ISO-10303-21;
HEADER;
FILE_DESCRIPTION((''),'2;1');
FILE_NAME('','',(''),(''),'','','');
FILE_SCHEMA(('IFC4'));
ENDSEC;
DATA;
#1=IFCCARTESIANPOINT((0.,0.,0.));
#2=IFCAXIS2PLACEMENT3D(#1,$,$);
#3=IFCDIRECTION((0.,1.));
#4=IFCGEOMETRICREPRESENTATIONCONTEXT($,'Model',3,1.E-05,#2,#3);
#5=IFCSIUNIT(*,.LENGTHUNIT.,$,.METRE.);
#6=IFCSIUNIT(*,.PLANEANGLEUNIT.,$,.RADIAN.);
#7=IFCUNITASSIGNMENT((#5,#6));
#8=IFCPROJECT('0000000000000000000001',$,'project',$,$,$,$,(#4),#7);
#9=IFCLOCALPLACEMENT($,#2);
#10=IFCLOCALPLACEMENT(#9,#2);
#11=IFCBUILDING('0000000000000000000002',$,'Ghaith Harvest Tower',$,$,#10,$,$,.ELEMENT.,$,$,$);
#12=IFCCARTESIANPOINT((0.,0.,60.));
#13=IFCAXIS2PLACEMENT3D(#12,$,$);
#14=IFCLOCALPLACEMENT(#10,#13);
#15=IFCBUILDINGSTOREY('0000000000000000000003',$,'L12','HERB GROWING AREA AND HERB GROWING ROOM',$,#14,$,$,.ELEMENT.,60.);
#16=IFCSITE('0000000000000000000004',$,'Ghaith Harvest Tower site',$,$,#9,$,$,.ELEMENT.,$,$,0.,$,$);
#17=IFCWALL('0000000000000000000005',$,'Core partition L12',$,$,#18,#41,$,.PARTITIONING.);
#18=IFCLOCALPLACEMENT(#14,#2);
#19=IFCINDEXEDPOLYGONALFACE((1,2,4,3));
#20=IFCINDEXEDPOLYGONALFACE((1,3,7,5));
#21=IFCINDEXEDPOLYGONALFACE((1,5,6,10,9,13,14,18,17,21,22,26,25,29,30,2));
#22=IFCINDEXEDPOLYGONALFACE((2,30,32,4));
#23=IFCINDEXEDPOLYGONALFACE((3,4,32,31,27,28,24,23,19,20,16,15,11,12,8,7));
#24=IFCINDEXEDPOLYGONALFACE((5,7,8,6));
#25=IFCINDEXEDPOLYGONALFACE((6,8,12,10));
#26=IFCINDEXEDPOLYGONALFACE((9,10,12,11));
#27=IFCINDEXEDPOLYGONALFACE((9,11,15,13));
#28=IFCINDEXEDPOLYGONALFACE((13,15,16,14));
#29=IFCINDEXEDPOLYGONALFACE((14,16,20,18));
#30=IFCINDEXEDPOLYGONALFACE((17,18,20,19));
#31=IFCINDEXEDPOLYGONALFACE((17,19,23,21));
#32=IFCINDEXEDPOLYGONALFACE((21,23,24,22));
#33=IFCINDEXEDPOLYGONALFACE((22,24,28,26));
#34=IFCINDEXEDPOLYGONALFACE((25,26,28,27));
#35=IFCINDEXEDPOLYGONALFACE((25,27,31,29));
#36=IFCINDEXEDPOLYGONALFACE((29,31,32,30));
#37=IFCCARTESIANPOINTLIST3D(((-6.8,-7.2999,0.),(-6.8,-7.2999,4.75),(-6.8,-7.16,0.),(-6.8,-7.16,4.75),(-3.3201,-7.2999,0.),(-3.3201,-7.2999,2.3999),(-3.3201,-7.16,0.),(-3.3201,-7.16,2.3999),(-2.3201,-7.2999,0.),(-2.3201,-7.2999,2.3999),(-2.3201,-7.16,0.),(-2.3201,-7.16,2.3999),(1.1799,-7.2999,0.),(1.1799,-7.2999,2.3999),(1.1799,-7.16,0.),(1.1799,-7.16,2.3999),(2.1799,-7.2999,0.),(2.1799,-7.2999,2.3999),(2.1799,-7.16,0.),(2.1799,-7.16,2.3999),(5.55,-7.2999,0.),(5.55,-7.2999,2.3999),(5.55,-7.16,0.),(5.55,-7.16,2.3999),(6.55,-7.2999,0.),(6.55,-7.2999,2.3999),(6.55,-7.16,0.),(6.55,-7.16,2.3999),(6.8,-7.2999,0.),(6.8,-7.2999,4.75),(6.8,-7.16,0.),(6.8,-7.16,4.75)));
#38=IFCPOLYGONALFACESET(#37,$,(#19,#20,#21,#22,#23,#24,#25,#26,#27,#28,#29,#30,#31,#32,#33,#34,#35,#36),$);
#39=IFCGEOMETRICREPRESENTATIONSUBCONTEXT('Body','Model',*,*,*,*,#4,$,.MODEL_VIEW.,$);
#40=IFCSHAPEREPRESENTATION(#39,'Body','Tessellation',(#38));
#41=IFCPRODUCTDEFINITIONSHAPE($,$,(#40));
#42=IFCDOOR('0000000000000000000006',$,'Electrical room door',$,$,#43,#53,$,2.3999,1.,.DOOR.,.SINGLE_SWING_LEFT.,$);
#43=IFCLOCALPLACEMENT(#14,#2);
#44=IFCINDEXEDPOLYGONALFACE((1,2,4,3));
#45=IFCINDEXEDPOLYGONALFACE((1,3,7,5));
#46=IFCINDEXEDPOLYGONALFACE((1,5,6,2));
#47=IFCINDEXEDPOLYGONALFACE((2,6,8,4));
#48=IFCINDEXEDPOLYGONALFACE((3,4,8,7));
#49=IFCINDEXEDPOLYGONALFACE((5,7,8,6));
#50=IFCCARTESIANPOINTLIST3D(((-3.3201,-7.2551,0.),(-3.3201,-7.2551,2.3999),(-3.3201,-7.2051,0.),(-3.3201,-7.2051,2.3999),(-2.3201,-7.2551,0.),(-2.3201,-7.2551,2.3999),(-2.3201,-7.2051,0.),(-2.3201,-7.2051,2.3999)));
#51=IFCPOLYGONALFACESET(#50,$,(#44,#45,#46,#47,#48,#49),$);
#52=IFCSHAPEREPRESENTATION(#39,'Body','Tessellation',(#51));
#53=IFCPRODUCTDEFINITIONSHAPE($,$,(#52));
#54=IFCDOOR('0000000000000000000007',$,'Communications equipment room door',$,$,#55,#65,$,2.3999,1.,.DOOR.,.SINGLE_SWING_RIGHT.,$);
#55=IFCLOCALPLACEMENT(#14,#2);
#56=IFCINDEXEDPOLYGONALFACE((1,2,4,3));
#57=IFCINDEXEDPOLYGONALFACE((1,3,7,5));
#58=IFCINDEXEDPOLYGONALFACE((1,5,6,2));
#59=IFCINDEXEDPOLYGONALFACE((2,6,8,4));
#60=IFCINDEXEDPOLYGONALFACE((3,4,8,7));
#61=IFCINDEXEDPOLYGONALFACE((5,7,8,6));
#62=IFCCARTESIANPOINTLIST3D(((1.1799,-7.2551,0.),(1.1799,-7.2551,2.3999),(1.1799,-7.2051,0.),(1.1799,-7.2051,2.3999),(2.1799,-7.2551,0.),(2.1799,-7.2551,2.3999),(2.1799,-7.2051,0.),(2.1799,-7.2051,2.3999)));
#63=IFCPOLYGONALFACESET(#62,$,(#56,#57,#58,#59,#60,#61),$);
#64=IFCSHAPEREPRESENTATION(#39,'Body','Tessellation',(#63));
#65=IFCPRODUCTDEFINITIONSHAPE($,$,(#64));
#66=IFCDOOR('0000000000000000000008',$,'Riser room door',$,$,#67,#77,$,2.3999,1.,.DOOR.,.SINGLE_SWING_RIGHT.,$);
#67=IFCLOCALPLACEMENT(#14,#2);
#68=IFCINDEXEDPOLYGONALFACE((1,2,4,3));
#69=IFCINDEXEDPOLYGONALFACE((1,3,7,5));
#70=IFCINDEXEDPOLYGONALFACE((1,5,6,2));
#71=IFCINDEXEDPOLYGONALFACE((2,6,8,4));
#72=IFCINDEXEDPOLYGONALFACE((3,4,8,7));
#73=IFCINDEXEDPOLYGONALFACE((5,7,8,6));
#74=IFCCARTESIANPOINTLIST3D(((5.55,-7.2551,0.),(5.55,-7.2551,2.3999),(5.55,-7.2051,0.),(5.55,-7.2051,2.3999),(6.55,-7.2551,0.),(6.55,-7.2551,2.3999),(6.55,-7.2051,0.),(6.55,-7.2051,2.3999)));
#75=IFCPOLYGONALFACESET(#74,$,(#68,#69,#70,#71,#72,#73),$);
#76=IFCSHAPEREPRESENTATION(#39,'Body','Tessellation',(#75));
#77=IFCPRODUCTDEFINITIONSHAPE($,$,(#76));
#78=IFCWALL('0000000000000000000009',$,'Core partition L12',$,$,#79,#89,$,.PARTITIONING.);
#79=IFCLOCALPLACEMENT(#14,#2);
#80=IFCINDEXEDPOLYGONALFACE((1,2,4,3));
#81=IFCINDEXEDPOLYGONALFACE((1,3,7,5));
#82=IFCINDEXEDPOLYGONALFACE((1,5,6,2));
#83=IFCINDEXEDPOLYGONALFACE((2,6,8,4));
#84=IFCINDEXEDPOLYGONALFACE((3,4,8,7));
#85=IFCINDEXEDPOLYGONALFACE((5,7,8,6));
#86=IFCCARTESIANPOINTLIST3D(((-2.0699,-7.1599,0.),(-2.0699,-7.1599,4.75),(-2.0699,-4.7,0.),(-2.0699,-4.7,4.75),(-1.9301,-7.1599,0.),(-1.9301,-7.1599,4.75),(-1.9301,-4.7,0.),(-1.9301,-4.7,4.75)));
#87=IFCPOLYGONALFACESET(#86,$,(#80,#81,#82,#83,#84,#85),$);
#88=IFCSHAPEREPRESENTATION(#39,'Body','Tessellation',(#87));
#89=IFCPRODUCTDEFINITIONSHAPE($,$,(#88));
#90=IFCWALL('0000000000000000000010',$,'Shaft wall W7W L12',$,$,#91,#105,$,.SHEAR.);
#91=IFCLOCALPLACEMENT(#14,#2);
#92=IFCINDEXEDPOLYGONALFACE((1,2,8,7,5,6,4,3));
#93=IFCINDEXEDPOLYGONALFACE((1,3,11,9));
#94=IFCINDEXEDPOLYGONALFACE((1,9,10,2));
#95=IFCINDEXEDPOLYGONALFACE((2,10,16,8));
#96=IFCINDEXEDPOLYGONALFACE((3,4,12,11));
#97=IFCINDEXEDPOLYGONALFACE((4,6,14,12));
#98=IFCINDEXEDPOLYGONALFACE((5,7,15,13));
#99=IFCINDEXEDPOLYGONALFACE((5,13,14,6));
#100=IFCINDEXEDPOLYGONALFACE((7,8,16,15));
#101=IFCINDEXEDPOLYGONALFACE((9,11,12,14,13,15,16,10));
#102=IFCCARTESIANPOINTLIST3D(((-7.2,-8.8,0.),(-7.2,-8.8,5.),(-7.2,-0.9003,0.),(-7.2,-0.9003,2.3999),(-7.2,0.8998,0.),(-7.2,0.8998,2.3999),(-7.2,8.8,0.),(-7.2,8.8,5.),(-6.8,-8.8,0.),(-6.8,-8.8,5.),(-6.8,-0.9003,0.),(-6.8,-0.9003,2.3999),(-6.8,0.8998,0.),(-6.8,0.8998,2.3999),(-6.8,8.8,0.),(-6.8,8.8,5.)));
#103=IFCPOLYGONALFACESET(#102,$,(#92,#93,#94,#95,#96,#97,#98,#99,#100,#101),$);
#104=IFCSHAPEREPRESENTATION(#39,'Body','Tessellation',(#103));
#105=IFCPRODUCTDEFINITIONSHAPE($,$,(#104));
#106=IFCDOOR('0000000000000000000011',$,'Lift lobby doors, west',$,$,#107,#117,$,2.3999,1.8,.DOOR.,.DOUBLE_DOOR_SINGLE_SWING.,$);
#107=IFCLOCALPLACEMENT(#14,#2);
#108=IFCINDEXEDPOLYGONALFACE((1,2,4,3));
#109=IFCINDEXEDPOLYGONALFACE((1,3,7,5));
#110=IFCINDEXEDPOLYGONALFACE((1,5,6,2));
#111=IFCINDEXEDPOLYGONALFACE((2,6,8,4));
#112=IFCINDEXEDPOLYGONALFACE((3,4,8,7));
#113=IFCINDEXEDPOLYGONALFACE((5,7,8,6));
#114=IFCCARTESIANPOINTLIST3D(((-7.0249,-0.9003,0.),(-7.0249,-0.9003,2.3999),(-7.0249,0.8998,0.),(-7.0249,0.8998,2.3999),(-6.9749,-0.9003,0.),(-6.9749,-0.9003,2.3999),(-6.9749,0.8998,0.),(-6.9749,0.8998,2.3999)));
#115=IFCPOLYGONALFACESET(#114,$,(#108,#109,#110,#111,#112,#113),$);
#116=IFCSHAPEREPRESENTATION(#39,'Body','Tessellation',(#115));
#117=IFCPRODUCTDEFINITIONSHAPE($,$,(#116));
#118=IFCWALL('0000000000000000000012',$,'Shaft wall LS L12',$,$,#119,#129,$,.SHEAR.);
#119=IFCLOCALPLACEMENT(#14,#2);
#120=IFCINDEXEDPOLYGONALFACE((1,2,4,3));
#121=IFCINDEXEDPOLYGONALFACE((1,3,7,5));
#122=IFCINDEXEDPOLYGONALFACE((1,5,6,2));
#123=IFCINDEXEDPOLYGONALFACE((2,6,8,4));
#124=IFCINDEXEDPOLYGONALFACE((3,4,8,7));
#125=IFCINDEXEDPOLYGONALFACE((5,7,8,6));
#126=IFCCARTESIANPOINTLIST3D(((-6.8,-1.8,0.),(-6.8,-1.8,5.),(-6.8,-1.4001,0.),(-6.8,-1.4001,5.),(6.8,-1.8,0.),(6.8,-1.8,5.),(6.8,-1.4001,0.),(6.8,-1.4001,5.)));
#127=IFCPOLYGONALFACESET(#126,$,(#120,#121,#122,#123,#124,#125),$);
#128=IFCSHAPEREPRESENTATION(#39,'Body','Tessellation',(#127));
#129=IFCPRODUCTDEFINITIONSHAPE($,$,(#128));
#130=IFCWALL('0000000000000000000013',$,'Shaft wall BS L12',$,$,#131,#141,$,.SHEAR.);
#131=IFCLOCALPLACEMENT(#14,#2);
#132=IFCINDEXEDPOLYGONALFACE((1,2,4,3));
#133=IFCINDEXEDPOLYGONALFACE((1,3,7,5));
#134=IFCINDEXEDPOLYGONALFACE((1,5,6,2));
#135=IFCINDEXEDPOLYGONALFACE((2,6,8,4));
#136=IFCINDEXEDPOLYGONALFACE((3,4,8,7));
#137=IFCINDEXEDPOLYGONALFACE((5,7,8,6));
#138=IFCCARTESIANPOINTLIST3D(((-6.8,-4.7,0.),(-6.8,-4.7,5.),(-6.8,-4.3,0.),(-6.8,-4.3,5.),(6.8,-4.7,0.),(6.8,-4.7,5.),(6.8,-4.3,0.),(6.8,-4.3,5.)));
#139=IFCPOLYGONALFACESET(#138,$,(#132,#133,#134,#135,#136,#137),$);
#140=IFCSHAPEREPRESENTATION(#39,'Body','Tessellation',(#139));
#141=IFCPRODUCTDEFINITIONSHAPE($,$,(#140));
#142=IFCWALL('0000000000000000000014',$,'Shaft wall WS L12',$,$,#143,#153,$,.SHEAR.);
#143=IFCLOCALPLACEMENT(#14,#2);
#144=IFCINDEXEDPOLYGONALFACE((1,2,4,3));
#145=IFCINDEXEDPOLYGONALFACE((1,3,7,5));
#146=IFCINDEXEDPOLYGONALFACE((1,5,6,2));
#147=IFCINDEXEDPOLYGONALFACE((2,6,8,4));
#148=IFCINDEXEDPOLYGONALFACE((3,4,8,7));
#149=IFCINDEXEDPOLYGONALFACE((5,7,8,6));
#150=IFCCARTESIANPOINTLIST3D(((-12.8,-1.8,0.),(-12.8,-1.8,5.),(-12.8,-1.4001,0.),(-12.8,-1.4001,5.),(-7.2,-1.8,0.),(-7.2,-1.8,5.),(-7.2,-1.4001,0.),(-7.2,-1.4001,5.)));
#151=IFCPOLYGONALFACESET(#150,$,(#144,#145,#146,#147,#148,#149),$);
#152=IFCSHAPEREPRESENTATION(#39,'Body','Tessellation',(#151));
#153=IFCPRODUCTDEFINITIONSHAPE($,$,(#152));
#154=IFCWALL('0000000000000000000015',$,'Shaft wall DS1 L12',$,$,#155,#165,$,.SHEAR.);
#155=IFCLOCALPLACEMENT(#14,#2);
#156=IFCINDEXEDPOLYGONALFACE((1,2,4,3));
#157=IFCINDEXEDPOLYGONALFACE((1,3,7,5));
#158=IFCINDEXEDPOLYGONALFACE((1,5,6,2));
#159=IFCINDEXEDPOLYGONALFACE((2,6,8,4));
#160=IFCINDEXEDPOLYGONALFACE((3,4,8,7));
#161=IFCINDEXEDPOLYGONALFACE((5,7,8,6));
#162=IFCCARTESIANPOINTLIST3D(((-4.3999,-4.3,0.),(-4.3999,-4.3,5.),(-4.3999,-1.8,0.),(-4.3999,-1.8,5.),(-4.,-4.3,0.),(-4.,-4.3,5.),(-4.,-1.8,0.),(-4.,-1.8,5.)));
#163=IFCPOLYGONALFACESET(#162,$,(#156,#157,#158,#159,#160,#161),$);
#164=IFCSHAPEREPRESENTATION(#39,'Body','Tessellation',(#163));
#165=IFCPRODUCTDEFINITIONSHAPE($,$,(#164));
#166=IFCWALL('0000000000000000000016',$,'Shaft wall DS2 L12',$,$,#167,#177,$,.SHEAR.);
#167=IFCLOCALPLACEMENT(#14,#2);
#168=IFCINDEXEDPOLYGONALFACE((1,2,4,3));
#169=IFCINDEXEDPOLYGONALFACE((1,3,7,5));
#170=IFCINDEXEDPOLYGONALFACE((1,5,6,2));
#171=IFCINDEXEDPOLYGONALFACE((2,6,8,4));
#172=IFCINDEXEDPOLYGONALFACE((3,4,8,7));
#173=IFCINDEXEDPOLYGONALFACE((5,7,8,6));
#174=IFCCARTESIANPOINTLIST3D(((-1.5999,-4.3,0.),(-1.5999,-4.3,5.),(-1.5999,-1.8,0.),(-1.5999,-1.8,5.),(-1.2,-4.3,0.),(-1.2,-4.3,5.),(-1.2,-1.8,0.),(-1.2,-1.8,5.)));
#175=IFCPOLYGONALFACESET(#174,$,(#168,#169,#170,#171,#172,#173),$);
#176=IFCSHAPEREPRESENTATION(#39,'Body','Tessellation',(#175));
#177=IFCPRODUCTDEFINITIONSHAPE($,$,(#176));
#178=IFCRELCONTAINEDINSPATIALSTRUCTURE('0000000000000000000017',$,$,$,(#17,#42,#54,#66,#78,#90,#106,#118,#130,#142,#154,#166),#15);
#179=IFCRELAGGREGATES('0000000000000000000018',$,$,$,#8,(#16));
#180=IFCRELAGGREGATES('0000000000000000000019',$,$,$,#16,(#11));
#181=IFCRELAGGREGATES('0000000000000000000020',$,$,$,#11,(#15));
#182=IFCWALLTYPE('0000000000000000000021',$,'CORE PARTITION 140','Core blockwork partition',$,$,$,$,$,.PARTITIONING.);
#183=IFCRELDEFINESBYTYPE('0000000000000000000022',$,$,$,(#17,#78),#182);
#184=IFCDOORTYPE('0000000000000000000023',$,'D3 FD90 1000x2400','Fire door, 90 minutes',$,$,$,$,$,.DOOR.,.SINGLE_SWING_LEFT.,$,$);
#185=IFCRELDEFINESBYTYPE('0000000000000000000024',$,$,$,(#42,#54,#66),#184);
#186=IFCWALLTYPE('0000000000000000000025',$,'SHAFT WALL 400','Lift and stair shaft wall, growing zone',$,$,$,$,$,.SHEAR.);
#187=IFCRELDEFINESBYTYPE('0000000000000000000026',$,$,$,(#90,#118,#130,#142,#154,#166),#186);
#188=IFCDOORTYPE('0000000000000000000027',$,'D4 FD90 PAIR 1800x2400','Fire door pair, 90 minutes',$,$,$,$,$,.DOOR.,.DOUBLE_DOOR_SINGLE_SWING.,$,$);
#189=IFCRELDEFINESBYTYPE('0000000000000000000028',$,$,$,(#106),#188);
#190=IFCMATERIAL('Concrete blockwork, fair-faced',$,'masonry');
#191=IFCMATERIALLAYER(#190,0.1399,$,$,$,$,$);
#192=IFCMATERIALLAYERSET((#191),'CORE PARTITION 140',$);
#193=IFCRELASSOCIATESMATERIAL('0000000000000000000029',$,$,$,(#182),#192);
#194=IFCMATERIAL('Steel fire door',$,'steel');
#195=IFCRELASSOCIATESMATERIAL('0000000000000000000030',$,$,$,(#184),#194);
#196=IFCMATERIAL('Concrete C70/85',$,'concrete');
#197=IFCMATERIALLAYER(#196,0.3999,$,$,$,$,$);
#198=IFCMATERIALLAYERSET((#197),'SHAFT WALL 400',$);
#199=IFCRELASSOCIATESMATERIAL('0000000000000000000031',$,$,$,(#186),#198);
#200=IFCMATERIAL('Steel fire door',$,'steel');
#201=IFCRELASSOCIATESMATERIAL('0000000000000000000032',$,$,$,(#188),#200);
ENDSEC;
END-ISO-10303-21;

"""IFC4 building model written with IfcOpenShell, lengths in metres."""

from ifc_helpers import new_model, si_unit, direction, frame, frame_2d, origin, place, context, subcontext, project, spatial, rectangle, extrude, material, layer, layer_set, type_object, element, fill, save


model = new_model("IFC4")

# Units and contexts
model_context = context("Model", 3, precision=1e-05, world=origin(), true_north=direction((0.0, 1.0)))
body_context = subcontext(model_context, "Body", "Model", "MODEL_VIEW")
ifc_project = project(units=[si_unit("LENGTHUNIT", "METRE"), si_unit("PLANEANGLEUNIT", "RADIAN")], contexts=[model_context])

# Site, building, storey
site_placement = place(None, origin())
site = spatial("IfcSite", under=ifc_project, at=site_placement, Name="Ghaith Harvest Tower site", CompositionType="ELEMENT", RefElevation=0.0)
building_placement = place(site_placement, origin())
building = spatial("IfcBuilding", under=site, at=building_placement, Name="Ghaith Harvest Tower", CompositionType="ELEMENT")
storey_placement = place(building_placement, frame((0.0, 0.0, 60.0)))
storey = spatial("IfcBuildingStorey", under=building, at=storey_placement, Name="L12", Description="HERB GROWING AREA AND HERB GROWING ROOM", CompositionType="ELEMENT", Elevation=60.0)

# Wall, openings, doors
ifc_material_1 = material(Name="Concrete blockwork, fair-faced", Category="masonry")
ifc_layer_1 = layer(ifc_material_1, 0.1399)
ifc_layer_set_1 = layer_set([ifc_layer_1], Name="CORE PARTITION 140")
wall_type_1 = type_object("IfcWallType", Name="CORE PARTITION 140", Description="Core blockwork partition", PredefinedType="PARTITIONING", material=ifc_layer_set_1)
wall_1_placement = place(storey_placement, frame((-6.8, -7.23, 0.0), z_axis=(0.0, 0.0, 1.0), x_axis=(1.0, 0.0, 0.0)))
wall_1 = element("IfcWall", 1, at=wall_1_placement, inside=storey, type_object=wall_type_1, Name="Core partition L12", PredefinedType="PARTITIONING", context=body_context, shape_type="SweptSolid", body=[
    extrude(rectangle(XDim=13.6001, YDim=0.1399, at=frame_2d((6.8, 0.0))), origin(), (0.0, 0.0, 1.0), 4.75),
])
opening_1_placement = place(wall_1_placement, frame((3.48, 0.0, 0.0)))
opening_1 = element("IfcOpeningElement", 2, at=opening_1_placement, cuts=wall_1, PredefinedType="OPENING", context=body_context, shape_type="SweptSolid", body=[
    extrude(rectangle(XDim=1.0, YDim=2.3999, at=frame_2d((0.5, 1.2))), frame((0.0, 0.0801, 0.0), z_axis=(0.0, -1.0, 0.0), x_axis=(1.0, 0.0, 0.0)), (0.0, 0.0, 1.0), 0.1599),
])
opening_2_placement = place(wall_1_placement, frame((7.98, 0.0, 0.0)))
opening_2 = element("IfcOpeningElement", 3, at=opening_2_placement, cuts=wall_1, PredefinedType="OPENING", context=body_context, shape_type="SweptSolid", body=[
    extrude(rectangle(XDim=1.0, YDim=2.3999, at=frame_2d((0.5, 1.2))), frame((0.0, 0.0801, 0.0), z_axis=(0.0, -1.0, 0.0), x_axis=(1.0, 0.0, 0.0)), (0.0, 0.0, 1.0), 0.1599),
])
opening_3_placement = place(wall_1_placement, frame((12.3501, 0.0, 0.0)))
opening_3 = element("IfcOpeningElement", 4, at=opening_3_placement, cuts=wall_1, PredefinedType="OPENING", context=body_context, shape_type="SweptSolid", body=[
    extrude(rectangle(XDim=1.0, YDim=2.3999, at=frame_2d((0.5, 1.2))), frame((0.0, 0.0801, 0.0), z_axis=(0.0, -1.0, 0.0), x_axis=(1.0, 0.0, 0.0)), (0.0, 0.0, 1.0), 0.1599),
])
ifc_material_2 = material(Name="Steel fire door", Category="steel")
door_type_1 = type_object("IfcDoorType", Name="D3 FD90 1000x2400", Description="Fire door, 90 minutes", OperationType="SINGLE_SWING_LEFT", PredefinedType="DOOR", material=ifc_material_2)
door_1_placement = place(opening_1_placement, origin())
door_1 = element("IfcDoor", 5, at=door_1_placement, inside=storey, type_object=door_type_1, Name="Electrical room door", OperationType="SINGLE_SWING_LEFT", OverallHeight=2.3999, OverallWidth=1.0, PredefinedType="DOOR", context=body_context, shape_type="SweptSolid", body=[
    extrude(rectangle(XDim=1.0, YDim=2.3999, at=frame_2d((0.5, 1.2))), frame((0.0, 0.0249, 0.0), z_axis=(0.0, -1.0, 0.0), x_axis=(1.0, 0.0, 0.0)), (0.0, 0.0, 1.0), 0.05),
])
fill(opening_1, door_1)
door_2_placement = place(opening_2_placement, origin())
door_2 = element("IfcDoor", 6, at=door_2_placement, inside=storey, type_object=door_type_1, Name="Communications equipment room door", OperationType="SINGLE_SWING_RIGHT", OverallHeight=2.3999, OverallWidth=1.0, PredefinedType="DOOR", context=body_context, shape_type="SweptSolid", body=[
    extrude(rectangle(XDim=1.0, YDim=2.3999, at=frame_2d((0.5, 1.2))), frame((0.0, 0.0249, 0.0), z_axis=(0.0, -1.0, 0.0), x_axis=(1.0, 0.0, 0.0)), (0.0, 0.0, 1.0), 0.05),
])
fill(opening_2, door_2)
door_3_placement = place(opening_3_placement, origin())
door_3 = element("IfcDoor", 7, at=door_3_placement, inside=storey, type_object=door_type_1, Name="Riser room door", OperationType="SINGLE_SWING_RIGHT", OverallHeight=2.3999, OverallWidth=1.0, PredefinedType="DOOR", context=body_context, shape_type="SweptSolid", body=[
    extrude(rectangle(XDim=1.0, YDim=2.3999, at=frame_2d((0.5, 1.2))), frame((0.0, 0.0249, 0.0), z_axis=(0.0, -1.0, 0.0), x_axis=(1.0, 0.0, 0.0)), (0.0, 0.0, 1.0), 0.05),
])
fill(opening_3, door_3)

# Wall
wall_2_placement = place(storey_placement, frame((-2.0, -4.7, 0.0), z_axis=(0.0, 0.0, 1.0), x_axis=(0.0, -1.0, 0.0)))
element("IfcWall", 8, at=wall_2_placement, inside=storey, type_object=wall_type_1, Name="Core partition L12", PredefinedType="PARTITIONING", context=body_context, shape_type="SweptSolid", body=[
    extrude(rectangle(XDim=2.46, YDim=0.1399, at=frame_2d((1.23, 0.0))), origin(), (0.0, 0.0, 1.0), 4.75),
])

# Wall, opening, door
ifc_material_3 = material(Name="Concrete C70/85", Category="concrete")
ifc_layer_2 = layer(ifc_material_3, 0.3999)
ifc_layer_set_2 = layer_set([ifc_layer_2], Name="SHAFT WALL 400")
wall_type_2 = type_object("IfcWallType", Name="SHAFT WALL 400", Description="Lift and stair shaft wall, growing zone", PredefinedType="SHEAR", material=ifc_layer_set_2)
wall_3_placement = place(storey_placement, frame((-7.0, -8.8, 0.0), z_axis=(0.0, 0.0, 1.0), x_axis=(0.0, 1.0, 0.0)))
wall_3 = element("IfcWall", 9, at=wall_3_placement, inside=storey, type_object=wall_type_2, Name="Shaft wall W7W L12", PredefinedType="SHEAR", context=body_context, shape_type="SweptSolid", body=[
    extrude(rectangle(XDim=17.6001, YDim=0.3999, at=frame_2d((8.8, 0.0))), origin(), (0.0, 0.0, 1.0), 5.0),
])
opening_4_placement = place(wall_3_placement, frame((7.8999, 0.0, 0.0)))
opening_4 = element("IfcOpeningElement", 10, at=opening_4_placement, cuts=wall_3, PredefinedType="OPENING", context=body_context, shape_type="SweptSolid", body=[
    extrude(rectangle(XDim=1.8, YDim=2.3999, at=frame_2d((0.8999, 1.2))), frame((0.0, 0.21, 0.0), z_axis=(0.0, -1.0, 0.0), x_axis=(1.0, 0.0, 0.0)), (0.0, 0.0, 1.0), 0.4199),
])
ifc_material_4 = material(Name="Steel fire door", Category="steel")
door_type_2 = type_object("IfcDoorType", Name="D4 FD90 PAIR 1800x2400", Description="Fire door pair, 90 minutes", OperationType="DOUBLE_DOOR_SINGLE_SWING", PredefinedType="DOOR", material=ifc_material_4)
door_4_placement = place(opening_4_placement, origin())
door_4 = element("IfcDoor", 11, at=door_4_placement, inside=storey, type_object=door_type_2, Name="Lift lobby doors, west", OperationType="DOUBLE_DOOR_SINGLE_SWING", OverallHeight=2.3999, OverallWidth=1.8, PredefinedType="DOOR", context=body_context, shape_type="SweptSolid", body=[
    extrude(rectangle(XDim=1.8, YDim=2.3999, at=frame_2d((0.8999, 1.2))), frame((0.0, 0.0249, 0.0), z_axis=(0.0, -1.0, 0.0), x_axis=(1.0, 0.0, 0.0)), (0.0, 0.0, 1.0), 0.05),
])
fill(opening_4, door_4)

# Walls
for number, where, z_axis, x_axis, name in (
    (12, (-6.8, -1.6001, 0.0), (0.0, 0.0, 1.0), (1.0, 0.0, 0.0), "Shaft wall LS L12"),
    (13, (-6.8, -4.5, 0.0), (0.0, 0.0, 1.0), (1.0, 0.0, 0.0), "Shaft wall BS L12"),
):
    element("IfcWall", number, at=place(storey_placement, frame(where, z_axis=z_axis, x_axis=x_axis)), inside=storey, type_object=wall_type_2, Name=name, PredefinedType="SHEAR", context=body_context, shape_type="SweptSolid", body=[
        extrude(rectangle(XDim=13.6001, YDim=0.3999, at=frame_2d((6.8, 0.0))), origin(), (0.0, 0.0, 1.0), 5.0),
    ])
wall_4_placement = place(storey_placement, frame((-12.8, -1.6001, 0.0), z_axis=(0.0, 0.0, 1.0), x_axis=(1.0, 0.0, 0.0)))
element("IfcWall", 14, at=wall_4_placement, inside=storey, type_object=wall_type_2, Name="Shaft wall WS L12", PredefinedType="SHEAR", context=body_context, shape_type="SweptSolid", body=[
    extrude(rectangle(XDim=5.6001, YDim=0.3999, at=frame_2d((2.8, 0.0))), origin(), (0.0, 0.0, 1.0), 5.0),
])
for number, where, z_axis, x_axis, name in (
    (15, (-4.2, -4.3, 0.0), (0.0, 0.0, 1.0), (0.0, 1.0, 0.0), "Shaft wall DS1 L12"),
    (16, (-1.3999, -4.3, 0.0), (0.0, 0.0, 1.0), (0.0, 1.0, 0.0), "Shaft wall DS2 L12"),
):
    element("IfcWall", number, at=place(storey_placement, frame(where, z_axis=z_axis, x_axis=x_axis)), inside=storey, type_object=wall_type_2, Name=name, PredefinedType="SHEAR", context=body_context, shape_type="SweptSolid", body=[
        extrude(rectangle(XDim=2.5, YDim=0.3999, at=frame_2d((1.25, 0.0))), origin(), (0.0, 0.0, 1.0), 5.0),
    ])

save(model, "model.ifc")
